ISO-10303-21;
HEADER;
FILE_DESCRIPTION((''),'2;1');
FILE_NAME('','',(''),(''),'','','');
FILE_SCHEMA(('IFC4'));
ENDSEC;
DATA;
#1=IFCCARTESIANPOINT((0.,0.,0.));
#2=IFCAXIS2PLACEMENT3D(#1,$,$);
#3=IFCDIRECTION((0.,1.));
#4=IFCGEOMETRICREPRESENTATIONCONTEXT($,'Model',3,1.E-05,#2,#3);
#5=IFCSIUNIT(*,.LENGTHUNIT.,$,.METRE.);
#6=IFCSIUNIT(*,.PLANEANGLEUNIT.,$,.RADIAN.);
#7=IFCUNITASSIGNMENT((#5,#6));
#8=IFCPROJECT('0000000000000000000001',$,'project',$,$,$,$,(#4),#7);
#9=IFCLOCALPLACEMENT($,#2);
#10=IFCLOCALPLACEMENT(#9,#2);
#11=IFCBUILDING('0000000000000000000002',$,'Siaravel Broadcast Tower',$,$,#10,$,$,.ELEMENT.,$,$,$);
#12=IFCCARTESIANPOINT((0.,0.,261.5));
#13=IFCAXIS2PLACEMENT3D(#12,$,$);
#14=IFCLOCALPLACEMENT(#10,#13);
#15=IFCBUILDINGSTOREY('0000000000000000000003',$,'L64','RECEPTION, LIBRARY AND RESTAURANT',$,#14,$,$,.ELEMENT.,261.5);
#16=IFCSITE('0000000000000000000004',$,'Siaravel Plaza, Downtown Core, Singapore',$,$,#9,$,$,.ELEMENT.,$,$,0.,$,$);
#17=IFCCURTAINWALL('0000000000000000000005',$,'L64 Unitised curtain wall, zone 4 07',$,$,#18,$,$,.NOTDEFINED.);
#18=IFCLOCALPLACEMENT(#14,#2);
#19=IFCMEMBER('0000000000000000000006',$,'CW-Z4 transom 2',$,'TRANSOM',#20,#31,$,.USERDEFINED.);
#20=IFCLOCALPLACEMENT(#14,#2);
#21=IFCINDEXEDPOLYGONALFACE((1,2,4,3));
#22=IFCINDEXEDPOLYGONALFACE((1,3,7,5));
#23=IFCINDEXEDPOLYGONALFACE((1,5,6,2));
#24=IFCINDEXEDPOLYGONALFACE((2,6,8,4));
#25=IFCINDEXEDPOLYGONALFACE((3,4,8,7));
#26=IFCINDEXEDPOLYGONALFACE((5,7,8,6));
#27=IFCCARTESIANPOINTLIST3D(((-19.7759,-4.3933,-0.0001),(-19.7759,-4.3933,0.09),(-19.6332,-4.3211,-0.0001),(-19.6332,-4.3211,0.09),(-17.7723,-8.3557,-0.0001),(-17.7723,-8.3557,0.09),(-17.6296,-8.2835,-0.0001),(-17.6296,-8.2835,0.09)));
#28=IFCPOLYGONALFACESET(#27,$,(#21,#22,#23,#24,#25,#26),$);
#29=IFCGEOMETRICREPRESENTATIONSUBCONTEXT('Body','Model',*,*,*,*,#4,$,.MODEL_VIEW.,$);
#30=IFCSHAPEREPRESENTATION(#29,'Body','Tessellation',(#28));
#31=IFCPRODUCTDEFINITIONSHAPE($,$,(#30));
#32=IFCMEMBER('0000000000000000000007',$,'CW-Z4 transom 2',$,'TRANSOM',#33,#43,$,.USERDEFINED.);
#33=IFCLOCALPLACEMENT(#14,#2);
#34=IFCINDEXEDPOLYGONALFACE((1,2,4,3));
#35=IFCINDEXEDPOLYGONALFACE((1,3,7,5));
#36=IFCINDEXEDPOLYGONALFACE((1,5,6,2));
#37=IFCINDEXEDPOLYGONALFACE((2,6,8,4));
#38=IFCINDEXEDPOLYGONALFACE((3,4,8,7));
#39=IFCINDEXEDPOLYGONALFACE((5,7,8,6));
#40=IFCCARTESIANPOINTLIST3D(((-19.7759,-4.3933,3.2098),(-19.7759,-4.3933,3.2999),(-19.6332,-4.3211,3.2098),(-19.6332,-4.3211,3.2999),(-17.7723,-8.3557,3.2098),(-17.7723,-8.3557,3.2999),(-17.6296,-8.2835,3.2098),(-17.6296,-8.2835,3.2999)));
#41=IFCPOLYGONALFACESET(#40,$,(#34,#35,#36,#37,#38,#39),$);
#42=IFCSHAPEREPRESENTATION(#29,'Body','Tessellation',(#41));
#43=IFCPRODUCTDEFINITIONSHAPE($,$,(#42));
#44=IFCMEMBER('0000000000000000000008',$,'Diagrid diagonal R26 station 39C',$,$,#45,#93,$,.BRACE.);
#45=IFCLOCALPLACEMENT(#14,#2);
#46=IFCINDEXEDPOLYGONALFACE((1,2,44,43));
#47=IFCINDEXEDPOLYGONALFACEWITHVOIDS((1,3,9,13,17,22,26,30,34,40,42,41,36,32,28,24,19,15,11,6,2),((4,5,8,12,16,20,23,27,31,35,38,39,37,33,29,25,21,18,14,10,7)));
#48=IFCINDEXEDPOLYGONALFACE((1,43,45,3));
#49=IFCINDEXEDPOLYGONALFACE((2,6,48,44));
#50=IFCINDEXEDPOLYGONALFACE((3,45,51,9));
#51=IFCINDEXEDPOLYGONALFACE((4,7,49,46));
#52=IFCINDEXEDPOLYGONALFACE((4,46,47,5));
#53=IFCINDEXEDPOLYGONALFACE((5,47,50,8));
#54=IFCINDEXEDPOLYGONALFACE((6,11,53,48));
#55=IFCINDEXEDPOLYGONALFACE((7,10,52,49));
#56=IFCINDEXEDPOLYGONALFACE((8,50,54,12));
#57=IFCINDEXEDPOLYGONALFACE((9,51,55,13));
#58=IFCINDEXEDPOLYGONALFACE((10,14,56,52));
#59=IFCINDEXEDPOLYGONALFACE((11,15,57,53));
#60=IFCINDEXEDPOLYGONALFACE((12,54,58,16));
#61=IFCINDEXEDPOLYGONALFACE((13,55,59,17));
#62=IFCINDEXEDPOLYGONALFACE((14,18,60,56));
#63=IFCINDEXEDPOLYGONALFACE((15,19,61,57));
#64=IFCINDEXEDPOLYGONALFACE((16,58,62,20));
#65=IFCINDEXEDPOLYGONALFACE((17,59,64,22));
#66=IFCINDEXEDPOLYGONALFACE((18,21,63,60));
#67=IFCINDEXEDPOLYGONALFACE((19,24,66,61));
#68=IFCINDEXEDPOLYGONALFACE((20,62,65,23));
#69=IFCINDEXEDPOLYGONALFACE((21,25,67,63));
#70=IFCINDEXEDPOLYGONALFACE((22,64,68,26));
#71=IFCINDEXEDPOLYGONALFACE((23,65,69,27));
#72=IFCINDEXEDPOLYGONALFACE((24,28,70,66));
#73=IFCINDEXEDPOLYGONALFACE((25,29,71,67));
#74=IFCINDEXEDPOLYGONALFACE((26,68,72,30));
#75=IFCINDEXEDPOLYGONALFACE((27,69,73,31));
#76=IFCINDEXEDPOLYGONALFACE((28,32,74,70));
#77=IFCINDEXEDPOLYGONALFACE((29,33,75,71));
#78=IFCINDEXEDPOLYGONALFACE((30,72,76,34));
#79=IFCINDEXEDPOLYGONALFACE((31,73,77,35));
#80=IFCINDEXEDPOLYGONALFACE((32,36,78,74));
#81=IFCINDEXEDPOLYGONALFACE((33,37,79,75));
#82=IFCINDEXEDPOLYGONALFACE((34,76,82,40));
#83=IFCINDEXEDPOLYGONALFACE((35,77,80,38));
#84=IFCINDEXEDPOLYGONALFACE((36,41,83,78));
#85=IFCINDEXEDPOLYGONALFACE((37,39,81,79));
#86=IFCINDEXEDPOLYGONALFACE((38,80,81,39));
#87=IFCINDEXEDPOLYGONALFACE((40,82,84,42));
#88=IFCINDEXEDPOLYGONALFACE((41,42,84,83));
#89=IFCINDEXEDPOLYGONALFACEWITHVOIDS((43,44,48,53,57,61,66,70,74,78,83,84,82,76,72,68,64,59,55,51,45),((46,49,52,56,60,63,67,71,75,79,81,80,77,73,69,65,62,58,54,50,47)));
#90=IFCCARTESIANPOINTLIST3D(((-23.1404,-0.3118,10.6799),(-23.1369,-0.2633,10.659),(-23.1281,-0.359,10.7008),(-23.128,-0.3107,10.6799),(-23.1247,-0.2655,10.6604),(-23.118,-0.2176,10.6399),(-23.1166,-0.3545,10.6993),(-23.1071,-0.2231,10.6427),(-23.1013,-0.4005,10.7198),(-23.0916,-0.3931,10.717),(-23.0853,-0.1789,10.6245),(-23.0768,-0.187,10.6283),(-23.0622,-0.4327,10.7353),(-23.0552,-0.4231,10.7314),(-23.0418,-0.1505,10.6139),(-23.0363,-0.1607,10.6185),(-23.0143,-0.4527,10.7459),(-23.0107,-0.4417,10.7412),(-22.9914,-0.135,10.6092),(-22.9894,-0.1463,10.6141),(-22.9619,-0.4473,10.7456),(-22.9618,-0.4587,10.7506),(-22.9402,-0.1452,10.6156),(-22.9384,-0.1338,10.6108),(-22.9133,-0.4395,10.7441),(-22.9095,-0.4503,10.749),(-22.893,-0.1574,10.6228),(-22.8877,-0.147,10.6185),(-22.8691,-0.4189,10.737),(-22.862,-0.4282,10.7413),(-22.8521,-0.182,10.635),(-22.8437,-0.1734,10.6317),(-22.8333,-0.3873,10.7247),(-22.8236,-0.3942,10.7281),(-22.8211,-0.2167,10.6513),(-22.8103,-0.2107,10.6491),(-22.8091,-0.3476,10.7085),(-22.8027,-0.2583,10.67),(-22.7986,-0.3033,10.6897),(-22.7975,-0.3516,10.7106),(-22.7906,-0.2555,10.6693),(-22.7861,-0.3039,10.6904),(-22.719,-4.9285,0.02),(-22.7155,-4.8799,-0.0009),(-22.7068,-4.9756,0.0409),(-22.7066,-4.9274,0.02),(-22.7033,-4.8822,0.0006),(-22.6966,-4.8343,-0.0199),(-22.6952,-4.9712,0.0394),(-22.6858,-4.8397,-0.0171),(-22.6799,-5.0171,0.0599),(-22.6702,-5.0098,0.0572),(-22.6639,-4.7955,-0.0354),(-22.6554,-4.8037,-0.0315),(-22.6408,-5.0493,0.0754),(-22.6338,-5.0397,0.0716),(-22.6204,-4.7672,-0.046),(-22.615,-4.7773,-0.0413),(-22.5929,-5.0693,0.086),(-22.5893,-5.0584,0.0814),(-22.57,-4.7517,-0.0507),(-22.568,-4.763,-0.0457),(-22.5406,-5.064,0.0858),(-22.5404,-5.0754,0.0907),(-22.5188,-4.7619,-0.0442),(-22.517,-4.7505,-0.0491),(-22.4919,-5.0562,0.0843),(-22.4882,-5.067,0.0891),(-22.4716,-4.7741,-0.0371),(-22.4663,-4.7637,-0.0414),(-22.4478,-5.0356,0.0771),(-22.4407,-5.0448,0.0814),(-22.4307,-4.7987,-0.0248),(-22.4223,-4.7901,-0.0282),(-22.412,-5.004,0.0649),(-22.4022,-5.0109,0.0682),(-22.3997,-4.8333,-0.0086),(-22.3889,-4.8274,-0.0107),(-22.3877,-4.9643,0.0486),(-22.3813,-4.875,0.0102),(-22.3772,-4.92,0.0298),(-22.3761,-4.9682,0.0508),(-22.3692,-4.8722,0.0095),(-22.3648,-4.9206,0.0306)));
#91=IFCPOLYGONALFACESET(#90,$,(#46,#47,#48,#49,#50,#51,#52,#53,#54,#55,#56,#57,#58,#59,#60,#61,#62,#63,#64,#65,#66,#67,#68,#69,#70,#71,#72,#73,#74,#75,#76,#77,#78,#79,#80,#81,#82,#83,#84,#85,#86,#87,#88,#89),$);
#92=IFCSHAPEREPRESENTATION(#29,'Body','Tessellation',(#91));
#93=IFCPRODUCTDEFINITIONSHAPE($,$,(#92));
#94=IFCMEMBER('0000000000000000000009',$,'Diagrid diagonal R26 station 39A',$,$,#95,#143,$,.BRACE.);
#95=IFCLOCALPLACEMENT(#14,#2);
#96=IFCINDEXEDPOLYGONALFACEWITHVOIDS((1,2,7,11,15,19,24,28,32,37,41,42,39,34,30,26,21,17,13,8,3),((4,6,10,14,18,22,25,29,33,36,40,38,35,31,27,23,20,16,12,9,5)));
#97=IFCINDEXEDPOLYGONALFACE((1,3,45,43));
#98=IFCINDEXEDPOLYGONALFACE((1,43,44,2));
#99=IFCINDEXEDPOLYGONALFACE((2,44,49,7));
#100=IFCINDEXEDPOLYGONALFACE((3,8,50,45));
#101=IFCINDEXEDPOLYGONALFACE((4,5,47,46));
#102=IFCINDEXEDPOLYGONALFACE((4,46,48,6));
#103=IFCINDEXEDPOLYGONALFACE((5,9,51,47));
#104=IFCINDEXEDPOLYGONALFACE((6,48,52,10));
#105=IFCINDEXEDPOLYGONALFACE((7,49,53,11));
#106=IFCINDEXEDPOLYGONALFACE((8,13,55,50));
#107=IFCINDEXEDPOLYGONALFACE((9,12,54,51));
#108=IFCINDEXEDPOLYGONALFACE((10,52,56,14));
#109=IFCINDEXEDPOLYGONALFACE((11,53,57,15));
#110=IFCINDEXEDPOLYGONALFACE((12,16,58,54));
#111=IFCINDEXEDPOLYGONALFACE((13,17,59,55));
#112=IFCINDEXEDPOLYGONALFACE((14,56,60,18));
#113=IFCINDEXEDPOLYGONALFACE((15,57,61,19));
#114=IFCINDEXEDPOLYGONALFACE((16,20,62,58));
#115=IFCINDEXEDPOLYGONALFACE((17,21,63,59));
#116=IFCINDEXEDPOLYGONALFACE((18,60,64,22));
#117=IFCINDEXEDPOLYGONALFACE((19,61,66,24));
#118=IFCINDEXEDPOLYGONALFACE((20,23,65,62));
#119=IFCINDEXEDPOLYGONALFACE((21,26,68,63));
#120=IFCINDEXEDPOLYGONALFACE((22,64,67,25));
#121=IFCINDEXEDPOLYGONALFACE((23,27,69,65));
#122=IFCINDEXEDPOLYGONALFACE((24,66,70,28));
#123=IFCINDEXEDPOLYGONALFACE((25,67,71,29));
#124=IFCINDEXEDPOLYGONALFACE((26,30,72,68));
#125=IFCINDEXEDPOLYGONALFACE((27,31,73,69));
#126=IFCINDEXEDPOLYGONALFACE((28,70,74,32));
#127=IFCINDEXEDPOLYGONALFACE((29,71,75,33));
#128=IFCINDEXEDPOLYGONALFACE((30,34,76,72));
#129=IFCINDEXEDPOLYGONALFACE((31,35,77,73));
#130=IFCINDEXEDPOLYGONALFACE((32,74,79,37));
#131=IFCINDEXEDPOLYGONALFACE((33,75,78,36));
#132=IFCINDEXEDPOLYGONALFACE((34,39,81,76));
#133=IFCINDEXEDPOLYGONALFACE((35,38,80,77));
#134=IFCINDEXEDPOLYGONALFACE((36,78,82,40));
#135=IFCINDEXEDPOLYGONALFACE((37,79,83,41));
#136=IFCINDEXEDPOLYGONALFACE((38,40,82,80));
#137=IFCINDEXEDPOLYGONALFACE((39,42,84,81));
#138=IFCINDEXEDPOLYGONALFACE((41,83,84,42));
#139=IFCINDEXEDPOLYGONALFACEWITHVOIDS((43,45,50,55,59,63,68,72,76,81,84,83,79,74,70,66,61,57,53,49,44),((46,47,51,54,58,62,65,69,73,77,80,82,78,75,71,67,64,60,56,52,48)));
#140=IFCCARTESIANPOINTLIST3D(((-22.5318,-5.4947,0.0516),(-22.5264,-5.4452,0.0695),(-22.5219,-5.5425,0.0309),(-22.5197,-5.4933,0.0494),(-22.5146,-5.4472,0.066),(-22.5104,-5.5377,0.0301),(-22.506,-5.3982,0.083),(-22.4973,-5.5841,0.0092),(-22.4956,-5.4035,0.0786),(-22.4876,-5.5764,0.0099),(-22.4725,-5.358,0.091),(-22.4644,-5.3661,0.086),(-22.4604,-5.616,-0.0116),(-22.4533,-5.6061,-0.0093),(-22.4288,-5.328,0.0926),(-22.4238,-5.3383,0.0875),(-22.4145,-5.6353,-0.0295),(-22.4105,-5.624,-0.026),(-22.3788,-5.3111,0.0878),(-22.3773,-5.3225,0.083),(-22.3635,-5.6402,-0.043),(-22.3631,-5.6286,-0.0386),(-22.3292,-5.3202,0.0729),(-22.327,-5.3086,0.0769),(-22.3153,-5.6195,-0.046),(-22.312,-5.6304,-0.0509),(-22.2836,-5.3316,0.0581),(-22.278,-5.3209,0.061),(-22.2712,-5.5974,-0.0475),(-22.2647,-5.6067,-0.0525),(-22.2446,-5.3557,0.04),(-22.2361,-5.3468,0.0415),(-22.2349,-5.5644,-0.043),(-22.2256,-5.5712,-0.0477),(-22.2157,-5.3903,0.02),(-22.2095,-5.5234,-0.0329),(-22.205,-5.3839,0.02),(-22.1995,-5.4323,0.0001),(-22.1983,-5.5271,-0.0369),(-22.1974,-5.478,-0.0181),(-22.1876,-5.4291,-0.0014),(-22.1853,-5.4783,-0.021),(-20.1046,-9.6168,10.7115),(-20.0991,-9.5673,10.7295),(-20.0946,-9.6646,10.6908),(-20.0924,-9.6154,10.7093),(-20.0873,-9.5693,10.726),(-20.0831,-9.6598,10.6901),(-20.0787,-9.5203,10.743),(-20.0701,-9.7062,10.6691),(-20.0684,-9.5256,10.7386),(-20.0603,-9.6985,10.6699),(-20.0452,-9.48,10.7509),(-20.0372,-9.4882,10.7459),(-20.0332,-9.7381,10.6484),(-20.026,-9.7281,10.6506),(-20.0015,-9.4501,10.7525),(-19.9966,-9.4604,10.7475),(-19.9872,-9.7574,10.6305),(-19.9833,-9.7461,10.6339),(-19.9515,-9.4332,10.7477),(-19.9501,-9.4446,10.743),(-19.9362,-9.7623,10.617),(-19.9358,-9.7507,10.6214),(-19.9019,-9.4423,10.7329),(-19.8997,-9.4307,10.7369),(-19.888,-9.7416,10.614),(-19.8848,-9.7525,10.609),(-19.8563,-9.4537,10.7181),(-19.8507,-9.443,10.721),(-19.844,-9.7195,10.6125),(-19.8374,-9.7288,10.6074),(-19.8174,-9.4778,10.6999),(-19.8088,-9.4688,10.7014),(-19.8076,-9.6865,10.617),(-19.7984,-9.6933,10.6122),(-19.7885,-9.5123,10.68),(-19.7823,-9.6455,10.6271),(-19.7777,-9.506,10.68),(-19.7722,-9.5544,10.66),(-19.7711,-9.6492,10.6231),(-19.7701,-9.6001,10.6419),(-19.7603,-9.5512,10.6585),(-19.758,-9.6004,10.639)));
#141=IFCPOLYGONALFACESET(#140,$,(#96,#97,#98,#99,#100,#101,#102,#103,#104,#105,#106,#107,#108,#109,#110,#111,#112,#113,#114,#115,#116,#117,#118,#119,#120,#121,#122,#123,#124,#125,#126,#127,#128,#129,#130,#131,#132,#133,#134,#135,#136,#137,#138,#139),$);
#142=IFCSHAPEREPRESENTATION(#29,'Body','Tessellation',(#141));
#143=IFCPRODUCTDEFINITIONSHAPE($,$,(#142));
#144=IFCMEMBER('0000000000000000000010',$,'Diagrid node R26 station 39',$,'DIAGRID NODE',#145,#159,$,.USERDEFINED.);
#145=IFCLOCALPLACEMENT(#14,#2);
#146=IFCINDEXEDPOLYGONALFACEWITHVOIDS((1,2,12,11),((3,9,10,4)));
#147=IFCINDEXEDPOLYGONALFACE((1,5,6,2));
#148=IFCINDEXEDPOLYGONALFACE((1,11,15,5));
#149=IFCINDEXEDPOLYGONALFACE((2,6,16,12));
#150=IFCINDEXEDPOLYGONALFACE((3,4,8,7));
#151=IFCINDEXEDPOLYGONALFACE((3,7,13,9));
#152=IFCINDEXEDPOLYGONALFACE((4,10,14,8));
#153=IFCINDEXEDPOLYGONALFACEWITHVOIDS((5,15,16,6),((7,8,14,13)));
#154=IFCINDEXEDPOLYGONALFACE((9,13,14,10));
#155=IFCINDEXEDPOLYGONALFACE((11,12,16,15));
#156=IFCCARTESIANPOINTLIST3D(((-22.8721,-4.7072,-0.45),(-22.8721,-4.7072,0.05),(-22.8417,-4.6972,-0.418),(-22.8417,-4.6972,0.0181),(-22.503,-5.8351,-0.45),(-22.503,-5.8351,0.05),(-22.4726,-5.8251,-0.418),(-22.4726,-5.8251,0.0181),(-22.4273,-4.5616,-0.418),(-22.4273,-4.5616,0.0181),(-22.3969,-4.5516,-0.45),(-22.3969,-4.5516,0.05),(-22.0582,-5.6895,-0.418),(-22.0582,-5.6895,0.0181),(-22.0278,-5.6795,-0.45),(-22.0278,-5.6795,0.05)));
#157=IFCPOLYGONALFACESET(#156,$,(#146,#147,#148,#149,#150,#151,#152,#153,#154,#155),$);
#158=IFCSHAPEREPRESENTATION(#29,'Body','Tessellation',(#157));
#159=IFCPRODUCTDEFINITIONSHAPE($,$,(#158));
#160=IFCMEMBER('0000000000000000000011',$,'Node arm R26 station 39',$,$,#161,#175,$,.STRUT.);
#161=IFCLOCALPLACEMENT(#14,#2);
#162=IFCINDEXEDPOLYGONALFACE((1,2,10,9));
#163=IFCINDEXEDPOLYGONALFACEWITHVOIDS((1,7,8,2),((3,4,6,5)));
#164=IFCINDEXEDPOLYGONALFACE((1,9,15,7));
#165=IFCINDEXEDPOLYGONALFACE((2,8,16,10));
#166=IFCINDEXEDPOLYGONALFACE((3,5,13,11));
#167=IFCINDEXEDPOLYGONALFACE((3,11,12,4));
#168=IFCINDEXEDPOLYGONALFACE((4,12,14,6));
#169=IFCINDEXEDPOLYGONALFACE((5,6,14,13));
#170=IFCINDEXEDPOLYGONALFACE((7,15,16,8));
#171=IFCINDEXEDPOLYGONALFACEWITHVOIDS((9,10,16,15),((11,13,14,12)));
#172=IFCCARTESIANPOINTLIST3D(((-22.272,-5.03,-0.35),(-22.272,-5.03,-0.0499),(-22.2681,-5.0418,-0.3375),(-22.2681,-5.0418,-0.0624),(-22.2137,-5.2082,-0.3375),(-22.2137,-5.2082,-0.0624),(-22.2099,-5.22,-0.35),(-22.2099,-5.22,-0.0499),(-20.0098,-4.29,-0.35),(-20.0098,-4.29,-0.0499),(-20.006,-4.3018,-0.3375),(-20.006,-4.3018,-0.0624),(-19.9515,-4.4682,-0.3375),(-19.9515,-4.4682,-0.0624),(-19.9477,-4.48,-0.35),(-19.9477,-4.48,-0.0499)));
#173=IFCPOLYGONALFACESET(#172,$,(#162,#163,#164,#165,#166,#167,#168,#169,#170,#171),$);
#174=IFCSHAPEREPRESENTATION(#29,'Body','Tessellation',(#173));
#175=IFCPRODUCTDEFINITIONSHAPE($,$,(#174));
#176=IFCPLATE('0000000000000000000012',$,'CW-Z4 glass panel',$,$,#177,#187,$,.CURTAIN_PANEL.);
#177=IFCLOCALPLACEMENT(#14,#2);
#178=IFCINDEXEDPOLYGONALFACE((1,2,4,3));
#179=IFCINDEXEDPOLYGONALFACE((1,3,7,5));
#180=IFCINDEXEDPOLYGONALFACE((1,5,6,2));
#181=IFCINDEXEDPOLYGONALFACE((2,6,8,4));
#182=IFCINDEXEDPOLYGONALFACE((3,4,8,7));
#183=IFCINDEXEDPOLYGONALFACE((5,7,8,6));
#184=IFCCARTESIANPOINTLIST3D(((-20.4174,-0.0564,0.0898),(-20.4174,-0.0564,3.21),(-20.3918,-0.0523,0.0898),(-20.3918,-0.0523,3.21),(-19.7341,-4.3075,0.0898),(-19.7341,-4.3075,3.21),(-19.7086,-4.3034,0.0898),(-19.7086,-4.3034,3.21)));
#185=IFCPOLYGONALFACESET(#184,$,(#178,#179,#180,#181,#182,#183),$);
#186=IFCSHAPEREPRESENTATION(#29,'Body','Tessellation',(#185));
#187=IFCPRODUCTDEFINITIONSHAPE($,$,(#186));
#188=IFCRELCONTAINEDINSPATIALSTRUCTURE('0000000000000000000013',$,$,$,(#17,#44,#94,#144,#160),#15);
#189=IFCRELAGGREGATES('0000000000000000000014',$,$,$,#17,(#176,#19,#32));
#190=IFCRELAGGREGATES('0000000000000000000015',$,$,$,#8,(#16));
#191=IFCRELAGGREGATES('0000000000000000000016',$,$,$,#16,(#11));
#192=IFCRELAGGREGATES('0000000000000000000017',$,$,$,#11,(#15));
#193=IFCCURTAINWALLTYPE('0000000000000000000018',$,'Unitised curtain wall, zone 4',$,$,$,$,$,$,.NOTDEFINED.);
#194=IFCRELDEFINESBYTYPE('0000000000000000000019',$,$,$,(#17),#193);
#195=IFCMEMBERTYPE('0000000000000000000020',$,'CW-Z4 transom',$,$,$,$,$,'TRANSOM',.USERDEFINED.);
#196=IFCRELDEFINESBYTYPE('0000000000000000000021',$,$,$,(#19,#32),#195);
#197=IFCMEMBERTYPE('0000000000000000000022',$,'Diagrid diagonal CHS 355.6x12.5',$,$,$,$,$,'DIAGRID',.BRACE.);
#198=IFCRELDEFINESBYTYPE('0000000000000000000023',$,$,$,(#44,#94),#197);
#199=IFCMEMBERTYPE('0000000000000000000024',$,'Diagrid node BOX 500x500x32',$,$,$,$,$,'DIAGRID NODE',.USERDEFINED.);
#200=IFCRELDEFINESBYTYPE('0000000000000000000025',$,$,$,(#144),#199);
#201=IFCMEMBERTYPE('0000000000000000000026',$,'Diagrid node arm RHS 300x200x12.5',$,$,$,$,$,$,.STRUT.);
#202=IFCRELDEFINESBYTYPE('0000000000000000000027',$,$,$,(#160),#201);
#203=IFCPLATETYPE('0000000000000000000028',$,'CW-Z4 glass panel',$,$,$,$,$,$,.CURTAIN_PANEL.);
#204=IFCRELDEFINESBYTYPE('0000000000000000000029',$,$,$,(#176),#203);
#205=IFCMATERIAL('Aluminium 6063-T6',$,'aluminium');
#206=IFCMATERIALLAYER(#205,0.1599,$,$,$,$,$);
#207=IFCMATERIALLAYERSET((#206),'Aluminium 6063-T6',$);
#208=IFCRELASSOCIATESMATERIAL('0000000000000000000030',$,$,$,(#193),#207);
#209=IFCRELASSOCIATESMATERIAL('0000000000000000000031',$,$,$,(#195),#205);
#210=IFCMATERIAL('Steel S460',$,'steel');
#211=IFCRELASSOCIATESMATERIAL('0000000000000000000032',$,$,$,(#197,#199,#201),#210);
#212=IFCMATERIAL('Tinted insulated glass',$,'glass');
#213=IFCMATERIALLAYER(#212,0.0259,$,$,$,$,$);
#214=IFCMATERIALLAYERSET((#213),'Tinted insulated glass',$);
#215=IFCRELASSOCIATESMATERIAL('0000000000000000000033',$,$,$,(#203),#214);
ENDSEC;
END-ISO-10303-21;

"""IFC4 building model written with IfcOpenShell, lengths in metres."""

from ifc_helpers import new_model, si_unit, direction, frame, origin, origin_2d, place, context, subcontext, project, spatial, rectangle, hollow_rectangle, hollow_circle, extrude, material, layer, layer_set, material_profile, profile_set, type_object, element, aggregate, save


model = new_model("IFC4")

# Units and contexts
model_context = context("Model", 3, precision=1e-05, world=origin(), true_north=direction((0.0, 1.0)))
body_context = subcontext(model_context, "Body", "Model", "MODEL_VIEW")
ifc_project = project(units=[si_unit("LENGTHUNIT", "METRE"), si_unit("PLANEANGLEUNIT", "RADIAN")], contexts=[model_context])

# Site, building, storey
site_placement = place(None, origin())
site = spatial("IfcSite", under=ifc_project, at=site_placement, Name="Siaravel Plaza, Downtown Core, Singapore", CompositionType="ELEMENT", RefElevation=0.0)
building_placement = place(site_placement, origin())
building = spatial("IfcBuilding", under=site, at=building_placement, Name="Siaravel Broadcast Tower", CompositionType="ELEMENT")
storey_placement = place(building_placement, frame((0.0, 0.0, 261.5)))
storey = spatial("IfcBuildingStorey", under=building, at=storey_placement, Name="L64", Description="RECEPTION, LIBRARY AND RESTAURANT", CompositionType="ELEMENT", Elevation=261.5)

# Curtain wall, members
ifc_material_1 = material(Name="Aluminium 6063-T6", Category="aluminium")
ifc_layer_1 = layer(ifc_material_1, 0.1599)
ifc_layer_set_1 = layer_set([ifc_layer_1], Name="Aluminium 6063-T6")
curtain_wall_type = type_object("IfcCurtainWallType", Name="Unitised curtain wall, zone 4", PredefinedType="NOTDEFINED", material=ifc_layer_set_1)
curtain_wall_placement = place(storey_placement, origin())
curtain_wall = element("IfcCurtainWall", 1, at=curtain_wall_placement, inside=storey, type_object=curtain_wall_type, Name="L64 Unitised curtain wall, zone 4 07", PredefinedType="NOTDEFINED")
ifc_material_profile_1 = material_profile(ifc_material_1, rectangle(XDim=0.1599, YDim=0.0901, at=origin_2d()))
ifc_profile_set_1 = profile_set([ifc_material_profile_1], Name="Aluminium 6063-T6")
member_type_1 = type_object("IfcMemberType", Name="CW-Z4 transom", ElementType="TRANSOM", PredefinedType="USERDEFINED", material=ifc_profile_set_1)
member_1_placement = place(storey_placement, frame((-19.7046, -4.3572, 0.0449), z_axis=(0.451256, -0.892395, 0.0), x_axis=(0.892395, 0.451256, 0.0)))
member_1 = element("IfcMember", 2, at=member_1_placement, type_object=member_type_1, Name="CW-Z4 transom 2", ObjectType="TRANSOM", PredefinedType="USERDEFINED", context=body_context, shape_type="SweptSolid", body=[
    extrude(rectangle(XDim=0.1599, YDim=0.0901, at=origin_2d()), origin(), (0.0, 0.0, 1.0), 4.4402),
])
member_2_placement = place(storey_placement, frame((-19.7046, -4.3572, 3.2549), z_axis=(0.451256, -0.892395, 0.0), x_axis=(0.892395, 0.451256, 0.0)))
member_2 = element("IfcMember", 3, at=member_2_placement, type_object=member_type_1, Name="CW-Z4 transom 2", ObjectType="TRANSOM", PredefinedType="USERDEFINED", context=body_context, shape_type="SweptSolid", body=[
    extrude(rectangle(XDim=0.1599, YDim=0.0901, at=origin_2d()), origin(), (0.0, 0.0, 1.0), 4.4402),
])

# Members
ifc_material_2 = material(Name="Steel S460", Category="steel")
ifc_material_profile_2 = material_profile(ifc_material_2, hollow_circle(Radius=0.1777, WallThickness=0.0125, at=origin_2d()))
ifc_profile_set_2 = profile_set([ifc_material_profile_2], Name="Steel S460")
member_type_2 = type_object("IfcMemberType", Name="Diagrid diagonal CHS 355.6x12.5", ElementType="DIAGRID", PredefinedType="BRACE", material=ifc_profile_set_2)
member_3_placement = place(storey_placement, frame((-22.542, -4.9124, 0.02), z_axis=(-0.03625, 0.397158, 0.917034), x_axis=(-0.99586, -0.090897, 0.0)))
element("IfcMember", 4, at=member_3_placement, inside=storey, type_object=member_type_2, Name="Diagrid diagonal R26 station 39C", PredefinedType="BRACE", context=body_context, shape_type="SweptSolid", body=[
    extrude(hollow_circle(Radius=0.1777, WallThickness=0.0125, at=origin_2d()), origin(), (0.0, 0.0, 1.0), 11.6243),
])
member_4_placement = place(storey_placement, frame((-22.3582, -5.4741, 0.02), z_axis=(0.20774, -0.352795, 0.912348), x_axis=(0.861706, 0.507408, 0.0)))
element("IfcMember", 5, at=member_4_placement, inside=storey, type_object=member_type_2, Name="Diagrid diagonal R26 station 39A", PredefinedType="BRACE", context=body_context, shape_type="SweptSolid", body=[
    extrude(hollow_circle(Radius=0.1777, WallThickness=0.0125, at=origin_2d()), origin(), (0.0, 0.0, 1.0), 11.6841),
])
ifc_material_profile_3 = material_profile(ifc_material_2, hollow_rectangle(XDim=0.5, YDim=0.5, WallThickness=0.032, at=origin_2d()))
ifc_profile_set_3 = profile_set([ifc_material_profile_3], Name="Steel S460")
member_type_3 = type_object("IfcMemberType", Name="Diagrid node BOX 500x500x32", ElementType="DIAGRID NODE", PredefinedType="USERDEFINED", material=ifc_profile_set_3)
member_5_placement = place(storey_placement, frame((-22.6345, -4.6294, -0.2), z_axis=(0.311039, -0.950397, 0.0), x_axis=(0.950397, 0.311039, 0.0)))
element("IfcMember", 6, at=member_5_placement, inside=storey, type_object=member_type_3, Name="Diagrid node R26 station 39", ObjectType="DIAGRID NODE", PredefinedType="USERDEFINED", context=body_context, shape_type="SweptSolid", body=[
    extrude(hollow_rectangle(XDim=0.5, YDim=0.5, WallThickness=0.032, at=origin_2d()), origin(), (0.0, 0.0, 1.0), 1.1868),
])
ifc_material_profile_4 = material_profile(ifc_material_2, hollow_rectangle(XDim=0.2, YDim=0.3, WallThickness=0.0125, at=origin_2d()))
ifc_profile_set_4 = profile_set([ifc_material_profile_4], Name="Steel S460")
member_type_4 = type_object("IfcMemberType", Name="Diagrid node arm RHS 300x200x12.5", PredefinedType="STRUT", material=ifc_profile_set_4)
member_6_placement = place(storey_placement, frame((-19.9788, -4.385, -0.2), z_axis=(-0.950443, -0.310899, 0.0), x_axis=(0.310899, -0.950443, 0.0)))
element("IfcMember", 7, at=member_6_placement, inside=storey, type_object=member_type_4, Name="Node arm R26 station 39", PredefinedType="STRUT", context=body_context, shape_type="SweptSolid", body=[
    extrude(hollow_rectangle(XDim=0.2, YDim=0.3, WallThickness=0.0125, at=origin_2d()), origin(), (0.0, 0.0, 1.0), 2.3801),
])

# Plate
ifc_material_3 = material(Name="Tinted insulated glass", Category="glass")
ifc_layer_2 = layer(ifc_material_3, 0.0259)
ifc_layer_set_2 = layer_set([ifc_layer_2], Name="Tinted insulated glass")
plate_type = type_object("IfcPlateType", Name="CW-Z4 glass panel", PredefinedType="CURTAIN_PANEL", material=ifc_layer_set_2)
plate_1_placement = place(storey_placement, frame((-20.063, -2.1799, 0.0898), z_axis=(0.0, 0.0, 1.0), x_axis=(0.158685, -0.987329, 0.0)))
plate_1 = element("IfcPlate", 8, at=plate_1_placement, type_object=plate_type, Name="CW-Z4 glass panel", PredefinedType="CURTAIN_PANEL", context=body_context, shape_type="SweptSolid", body=[
    extrude(rectangle(XDim=4.3057, YDim=0.0259, at=origin_2d()), origin(), (0.0, 0.0, 1.0), 3.1201),
])
aggregate(curtain_wall, [plate_1, member_1, member_2])

save(model, "model.ifc")
